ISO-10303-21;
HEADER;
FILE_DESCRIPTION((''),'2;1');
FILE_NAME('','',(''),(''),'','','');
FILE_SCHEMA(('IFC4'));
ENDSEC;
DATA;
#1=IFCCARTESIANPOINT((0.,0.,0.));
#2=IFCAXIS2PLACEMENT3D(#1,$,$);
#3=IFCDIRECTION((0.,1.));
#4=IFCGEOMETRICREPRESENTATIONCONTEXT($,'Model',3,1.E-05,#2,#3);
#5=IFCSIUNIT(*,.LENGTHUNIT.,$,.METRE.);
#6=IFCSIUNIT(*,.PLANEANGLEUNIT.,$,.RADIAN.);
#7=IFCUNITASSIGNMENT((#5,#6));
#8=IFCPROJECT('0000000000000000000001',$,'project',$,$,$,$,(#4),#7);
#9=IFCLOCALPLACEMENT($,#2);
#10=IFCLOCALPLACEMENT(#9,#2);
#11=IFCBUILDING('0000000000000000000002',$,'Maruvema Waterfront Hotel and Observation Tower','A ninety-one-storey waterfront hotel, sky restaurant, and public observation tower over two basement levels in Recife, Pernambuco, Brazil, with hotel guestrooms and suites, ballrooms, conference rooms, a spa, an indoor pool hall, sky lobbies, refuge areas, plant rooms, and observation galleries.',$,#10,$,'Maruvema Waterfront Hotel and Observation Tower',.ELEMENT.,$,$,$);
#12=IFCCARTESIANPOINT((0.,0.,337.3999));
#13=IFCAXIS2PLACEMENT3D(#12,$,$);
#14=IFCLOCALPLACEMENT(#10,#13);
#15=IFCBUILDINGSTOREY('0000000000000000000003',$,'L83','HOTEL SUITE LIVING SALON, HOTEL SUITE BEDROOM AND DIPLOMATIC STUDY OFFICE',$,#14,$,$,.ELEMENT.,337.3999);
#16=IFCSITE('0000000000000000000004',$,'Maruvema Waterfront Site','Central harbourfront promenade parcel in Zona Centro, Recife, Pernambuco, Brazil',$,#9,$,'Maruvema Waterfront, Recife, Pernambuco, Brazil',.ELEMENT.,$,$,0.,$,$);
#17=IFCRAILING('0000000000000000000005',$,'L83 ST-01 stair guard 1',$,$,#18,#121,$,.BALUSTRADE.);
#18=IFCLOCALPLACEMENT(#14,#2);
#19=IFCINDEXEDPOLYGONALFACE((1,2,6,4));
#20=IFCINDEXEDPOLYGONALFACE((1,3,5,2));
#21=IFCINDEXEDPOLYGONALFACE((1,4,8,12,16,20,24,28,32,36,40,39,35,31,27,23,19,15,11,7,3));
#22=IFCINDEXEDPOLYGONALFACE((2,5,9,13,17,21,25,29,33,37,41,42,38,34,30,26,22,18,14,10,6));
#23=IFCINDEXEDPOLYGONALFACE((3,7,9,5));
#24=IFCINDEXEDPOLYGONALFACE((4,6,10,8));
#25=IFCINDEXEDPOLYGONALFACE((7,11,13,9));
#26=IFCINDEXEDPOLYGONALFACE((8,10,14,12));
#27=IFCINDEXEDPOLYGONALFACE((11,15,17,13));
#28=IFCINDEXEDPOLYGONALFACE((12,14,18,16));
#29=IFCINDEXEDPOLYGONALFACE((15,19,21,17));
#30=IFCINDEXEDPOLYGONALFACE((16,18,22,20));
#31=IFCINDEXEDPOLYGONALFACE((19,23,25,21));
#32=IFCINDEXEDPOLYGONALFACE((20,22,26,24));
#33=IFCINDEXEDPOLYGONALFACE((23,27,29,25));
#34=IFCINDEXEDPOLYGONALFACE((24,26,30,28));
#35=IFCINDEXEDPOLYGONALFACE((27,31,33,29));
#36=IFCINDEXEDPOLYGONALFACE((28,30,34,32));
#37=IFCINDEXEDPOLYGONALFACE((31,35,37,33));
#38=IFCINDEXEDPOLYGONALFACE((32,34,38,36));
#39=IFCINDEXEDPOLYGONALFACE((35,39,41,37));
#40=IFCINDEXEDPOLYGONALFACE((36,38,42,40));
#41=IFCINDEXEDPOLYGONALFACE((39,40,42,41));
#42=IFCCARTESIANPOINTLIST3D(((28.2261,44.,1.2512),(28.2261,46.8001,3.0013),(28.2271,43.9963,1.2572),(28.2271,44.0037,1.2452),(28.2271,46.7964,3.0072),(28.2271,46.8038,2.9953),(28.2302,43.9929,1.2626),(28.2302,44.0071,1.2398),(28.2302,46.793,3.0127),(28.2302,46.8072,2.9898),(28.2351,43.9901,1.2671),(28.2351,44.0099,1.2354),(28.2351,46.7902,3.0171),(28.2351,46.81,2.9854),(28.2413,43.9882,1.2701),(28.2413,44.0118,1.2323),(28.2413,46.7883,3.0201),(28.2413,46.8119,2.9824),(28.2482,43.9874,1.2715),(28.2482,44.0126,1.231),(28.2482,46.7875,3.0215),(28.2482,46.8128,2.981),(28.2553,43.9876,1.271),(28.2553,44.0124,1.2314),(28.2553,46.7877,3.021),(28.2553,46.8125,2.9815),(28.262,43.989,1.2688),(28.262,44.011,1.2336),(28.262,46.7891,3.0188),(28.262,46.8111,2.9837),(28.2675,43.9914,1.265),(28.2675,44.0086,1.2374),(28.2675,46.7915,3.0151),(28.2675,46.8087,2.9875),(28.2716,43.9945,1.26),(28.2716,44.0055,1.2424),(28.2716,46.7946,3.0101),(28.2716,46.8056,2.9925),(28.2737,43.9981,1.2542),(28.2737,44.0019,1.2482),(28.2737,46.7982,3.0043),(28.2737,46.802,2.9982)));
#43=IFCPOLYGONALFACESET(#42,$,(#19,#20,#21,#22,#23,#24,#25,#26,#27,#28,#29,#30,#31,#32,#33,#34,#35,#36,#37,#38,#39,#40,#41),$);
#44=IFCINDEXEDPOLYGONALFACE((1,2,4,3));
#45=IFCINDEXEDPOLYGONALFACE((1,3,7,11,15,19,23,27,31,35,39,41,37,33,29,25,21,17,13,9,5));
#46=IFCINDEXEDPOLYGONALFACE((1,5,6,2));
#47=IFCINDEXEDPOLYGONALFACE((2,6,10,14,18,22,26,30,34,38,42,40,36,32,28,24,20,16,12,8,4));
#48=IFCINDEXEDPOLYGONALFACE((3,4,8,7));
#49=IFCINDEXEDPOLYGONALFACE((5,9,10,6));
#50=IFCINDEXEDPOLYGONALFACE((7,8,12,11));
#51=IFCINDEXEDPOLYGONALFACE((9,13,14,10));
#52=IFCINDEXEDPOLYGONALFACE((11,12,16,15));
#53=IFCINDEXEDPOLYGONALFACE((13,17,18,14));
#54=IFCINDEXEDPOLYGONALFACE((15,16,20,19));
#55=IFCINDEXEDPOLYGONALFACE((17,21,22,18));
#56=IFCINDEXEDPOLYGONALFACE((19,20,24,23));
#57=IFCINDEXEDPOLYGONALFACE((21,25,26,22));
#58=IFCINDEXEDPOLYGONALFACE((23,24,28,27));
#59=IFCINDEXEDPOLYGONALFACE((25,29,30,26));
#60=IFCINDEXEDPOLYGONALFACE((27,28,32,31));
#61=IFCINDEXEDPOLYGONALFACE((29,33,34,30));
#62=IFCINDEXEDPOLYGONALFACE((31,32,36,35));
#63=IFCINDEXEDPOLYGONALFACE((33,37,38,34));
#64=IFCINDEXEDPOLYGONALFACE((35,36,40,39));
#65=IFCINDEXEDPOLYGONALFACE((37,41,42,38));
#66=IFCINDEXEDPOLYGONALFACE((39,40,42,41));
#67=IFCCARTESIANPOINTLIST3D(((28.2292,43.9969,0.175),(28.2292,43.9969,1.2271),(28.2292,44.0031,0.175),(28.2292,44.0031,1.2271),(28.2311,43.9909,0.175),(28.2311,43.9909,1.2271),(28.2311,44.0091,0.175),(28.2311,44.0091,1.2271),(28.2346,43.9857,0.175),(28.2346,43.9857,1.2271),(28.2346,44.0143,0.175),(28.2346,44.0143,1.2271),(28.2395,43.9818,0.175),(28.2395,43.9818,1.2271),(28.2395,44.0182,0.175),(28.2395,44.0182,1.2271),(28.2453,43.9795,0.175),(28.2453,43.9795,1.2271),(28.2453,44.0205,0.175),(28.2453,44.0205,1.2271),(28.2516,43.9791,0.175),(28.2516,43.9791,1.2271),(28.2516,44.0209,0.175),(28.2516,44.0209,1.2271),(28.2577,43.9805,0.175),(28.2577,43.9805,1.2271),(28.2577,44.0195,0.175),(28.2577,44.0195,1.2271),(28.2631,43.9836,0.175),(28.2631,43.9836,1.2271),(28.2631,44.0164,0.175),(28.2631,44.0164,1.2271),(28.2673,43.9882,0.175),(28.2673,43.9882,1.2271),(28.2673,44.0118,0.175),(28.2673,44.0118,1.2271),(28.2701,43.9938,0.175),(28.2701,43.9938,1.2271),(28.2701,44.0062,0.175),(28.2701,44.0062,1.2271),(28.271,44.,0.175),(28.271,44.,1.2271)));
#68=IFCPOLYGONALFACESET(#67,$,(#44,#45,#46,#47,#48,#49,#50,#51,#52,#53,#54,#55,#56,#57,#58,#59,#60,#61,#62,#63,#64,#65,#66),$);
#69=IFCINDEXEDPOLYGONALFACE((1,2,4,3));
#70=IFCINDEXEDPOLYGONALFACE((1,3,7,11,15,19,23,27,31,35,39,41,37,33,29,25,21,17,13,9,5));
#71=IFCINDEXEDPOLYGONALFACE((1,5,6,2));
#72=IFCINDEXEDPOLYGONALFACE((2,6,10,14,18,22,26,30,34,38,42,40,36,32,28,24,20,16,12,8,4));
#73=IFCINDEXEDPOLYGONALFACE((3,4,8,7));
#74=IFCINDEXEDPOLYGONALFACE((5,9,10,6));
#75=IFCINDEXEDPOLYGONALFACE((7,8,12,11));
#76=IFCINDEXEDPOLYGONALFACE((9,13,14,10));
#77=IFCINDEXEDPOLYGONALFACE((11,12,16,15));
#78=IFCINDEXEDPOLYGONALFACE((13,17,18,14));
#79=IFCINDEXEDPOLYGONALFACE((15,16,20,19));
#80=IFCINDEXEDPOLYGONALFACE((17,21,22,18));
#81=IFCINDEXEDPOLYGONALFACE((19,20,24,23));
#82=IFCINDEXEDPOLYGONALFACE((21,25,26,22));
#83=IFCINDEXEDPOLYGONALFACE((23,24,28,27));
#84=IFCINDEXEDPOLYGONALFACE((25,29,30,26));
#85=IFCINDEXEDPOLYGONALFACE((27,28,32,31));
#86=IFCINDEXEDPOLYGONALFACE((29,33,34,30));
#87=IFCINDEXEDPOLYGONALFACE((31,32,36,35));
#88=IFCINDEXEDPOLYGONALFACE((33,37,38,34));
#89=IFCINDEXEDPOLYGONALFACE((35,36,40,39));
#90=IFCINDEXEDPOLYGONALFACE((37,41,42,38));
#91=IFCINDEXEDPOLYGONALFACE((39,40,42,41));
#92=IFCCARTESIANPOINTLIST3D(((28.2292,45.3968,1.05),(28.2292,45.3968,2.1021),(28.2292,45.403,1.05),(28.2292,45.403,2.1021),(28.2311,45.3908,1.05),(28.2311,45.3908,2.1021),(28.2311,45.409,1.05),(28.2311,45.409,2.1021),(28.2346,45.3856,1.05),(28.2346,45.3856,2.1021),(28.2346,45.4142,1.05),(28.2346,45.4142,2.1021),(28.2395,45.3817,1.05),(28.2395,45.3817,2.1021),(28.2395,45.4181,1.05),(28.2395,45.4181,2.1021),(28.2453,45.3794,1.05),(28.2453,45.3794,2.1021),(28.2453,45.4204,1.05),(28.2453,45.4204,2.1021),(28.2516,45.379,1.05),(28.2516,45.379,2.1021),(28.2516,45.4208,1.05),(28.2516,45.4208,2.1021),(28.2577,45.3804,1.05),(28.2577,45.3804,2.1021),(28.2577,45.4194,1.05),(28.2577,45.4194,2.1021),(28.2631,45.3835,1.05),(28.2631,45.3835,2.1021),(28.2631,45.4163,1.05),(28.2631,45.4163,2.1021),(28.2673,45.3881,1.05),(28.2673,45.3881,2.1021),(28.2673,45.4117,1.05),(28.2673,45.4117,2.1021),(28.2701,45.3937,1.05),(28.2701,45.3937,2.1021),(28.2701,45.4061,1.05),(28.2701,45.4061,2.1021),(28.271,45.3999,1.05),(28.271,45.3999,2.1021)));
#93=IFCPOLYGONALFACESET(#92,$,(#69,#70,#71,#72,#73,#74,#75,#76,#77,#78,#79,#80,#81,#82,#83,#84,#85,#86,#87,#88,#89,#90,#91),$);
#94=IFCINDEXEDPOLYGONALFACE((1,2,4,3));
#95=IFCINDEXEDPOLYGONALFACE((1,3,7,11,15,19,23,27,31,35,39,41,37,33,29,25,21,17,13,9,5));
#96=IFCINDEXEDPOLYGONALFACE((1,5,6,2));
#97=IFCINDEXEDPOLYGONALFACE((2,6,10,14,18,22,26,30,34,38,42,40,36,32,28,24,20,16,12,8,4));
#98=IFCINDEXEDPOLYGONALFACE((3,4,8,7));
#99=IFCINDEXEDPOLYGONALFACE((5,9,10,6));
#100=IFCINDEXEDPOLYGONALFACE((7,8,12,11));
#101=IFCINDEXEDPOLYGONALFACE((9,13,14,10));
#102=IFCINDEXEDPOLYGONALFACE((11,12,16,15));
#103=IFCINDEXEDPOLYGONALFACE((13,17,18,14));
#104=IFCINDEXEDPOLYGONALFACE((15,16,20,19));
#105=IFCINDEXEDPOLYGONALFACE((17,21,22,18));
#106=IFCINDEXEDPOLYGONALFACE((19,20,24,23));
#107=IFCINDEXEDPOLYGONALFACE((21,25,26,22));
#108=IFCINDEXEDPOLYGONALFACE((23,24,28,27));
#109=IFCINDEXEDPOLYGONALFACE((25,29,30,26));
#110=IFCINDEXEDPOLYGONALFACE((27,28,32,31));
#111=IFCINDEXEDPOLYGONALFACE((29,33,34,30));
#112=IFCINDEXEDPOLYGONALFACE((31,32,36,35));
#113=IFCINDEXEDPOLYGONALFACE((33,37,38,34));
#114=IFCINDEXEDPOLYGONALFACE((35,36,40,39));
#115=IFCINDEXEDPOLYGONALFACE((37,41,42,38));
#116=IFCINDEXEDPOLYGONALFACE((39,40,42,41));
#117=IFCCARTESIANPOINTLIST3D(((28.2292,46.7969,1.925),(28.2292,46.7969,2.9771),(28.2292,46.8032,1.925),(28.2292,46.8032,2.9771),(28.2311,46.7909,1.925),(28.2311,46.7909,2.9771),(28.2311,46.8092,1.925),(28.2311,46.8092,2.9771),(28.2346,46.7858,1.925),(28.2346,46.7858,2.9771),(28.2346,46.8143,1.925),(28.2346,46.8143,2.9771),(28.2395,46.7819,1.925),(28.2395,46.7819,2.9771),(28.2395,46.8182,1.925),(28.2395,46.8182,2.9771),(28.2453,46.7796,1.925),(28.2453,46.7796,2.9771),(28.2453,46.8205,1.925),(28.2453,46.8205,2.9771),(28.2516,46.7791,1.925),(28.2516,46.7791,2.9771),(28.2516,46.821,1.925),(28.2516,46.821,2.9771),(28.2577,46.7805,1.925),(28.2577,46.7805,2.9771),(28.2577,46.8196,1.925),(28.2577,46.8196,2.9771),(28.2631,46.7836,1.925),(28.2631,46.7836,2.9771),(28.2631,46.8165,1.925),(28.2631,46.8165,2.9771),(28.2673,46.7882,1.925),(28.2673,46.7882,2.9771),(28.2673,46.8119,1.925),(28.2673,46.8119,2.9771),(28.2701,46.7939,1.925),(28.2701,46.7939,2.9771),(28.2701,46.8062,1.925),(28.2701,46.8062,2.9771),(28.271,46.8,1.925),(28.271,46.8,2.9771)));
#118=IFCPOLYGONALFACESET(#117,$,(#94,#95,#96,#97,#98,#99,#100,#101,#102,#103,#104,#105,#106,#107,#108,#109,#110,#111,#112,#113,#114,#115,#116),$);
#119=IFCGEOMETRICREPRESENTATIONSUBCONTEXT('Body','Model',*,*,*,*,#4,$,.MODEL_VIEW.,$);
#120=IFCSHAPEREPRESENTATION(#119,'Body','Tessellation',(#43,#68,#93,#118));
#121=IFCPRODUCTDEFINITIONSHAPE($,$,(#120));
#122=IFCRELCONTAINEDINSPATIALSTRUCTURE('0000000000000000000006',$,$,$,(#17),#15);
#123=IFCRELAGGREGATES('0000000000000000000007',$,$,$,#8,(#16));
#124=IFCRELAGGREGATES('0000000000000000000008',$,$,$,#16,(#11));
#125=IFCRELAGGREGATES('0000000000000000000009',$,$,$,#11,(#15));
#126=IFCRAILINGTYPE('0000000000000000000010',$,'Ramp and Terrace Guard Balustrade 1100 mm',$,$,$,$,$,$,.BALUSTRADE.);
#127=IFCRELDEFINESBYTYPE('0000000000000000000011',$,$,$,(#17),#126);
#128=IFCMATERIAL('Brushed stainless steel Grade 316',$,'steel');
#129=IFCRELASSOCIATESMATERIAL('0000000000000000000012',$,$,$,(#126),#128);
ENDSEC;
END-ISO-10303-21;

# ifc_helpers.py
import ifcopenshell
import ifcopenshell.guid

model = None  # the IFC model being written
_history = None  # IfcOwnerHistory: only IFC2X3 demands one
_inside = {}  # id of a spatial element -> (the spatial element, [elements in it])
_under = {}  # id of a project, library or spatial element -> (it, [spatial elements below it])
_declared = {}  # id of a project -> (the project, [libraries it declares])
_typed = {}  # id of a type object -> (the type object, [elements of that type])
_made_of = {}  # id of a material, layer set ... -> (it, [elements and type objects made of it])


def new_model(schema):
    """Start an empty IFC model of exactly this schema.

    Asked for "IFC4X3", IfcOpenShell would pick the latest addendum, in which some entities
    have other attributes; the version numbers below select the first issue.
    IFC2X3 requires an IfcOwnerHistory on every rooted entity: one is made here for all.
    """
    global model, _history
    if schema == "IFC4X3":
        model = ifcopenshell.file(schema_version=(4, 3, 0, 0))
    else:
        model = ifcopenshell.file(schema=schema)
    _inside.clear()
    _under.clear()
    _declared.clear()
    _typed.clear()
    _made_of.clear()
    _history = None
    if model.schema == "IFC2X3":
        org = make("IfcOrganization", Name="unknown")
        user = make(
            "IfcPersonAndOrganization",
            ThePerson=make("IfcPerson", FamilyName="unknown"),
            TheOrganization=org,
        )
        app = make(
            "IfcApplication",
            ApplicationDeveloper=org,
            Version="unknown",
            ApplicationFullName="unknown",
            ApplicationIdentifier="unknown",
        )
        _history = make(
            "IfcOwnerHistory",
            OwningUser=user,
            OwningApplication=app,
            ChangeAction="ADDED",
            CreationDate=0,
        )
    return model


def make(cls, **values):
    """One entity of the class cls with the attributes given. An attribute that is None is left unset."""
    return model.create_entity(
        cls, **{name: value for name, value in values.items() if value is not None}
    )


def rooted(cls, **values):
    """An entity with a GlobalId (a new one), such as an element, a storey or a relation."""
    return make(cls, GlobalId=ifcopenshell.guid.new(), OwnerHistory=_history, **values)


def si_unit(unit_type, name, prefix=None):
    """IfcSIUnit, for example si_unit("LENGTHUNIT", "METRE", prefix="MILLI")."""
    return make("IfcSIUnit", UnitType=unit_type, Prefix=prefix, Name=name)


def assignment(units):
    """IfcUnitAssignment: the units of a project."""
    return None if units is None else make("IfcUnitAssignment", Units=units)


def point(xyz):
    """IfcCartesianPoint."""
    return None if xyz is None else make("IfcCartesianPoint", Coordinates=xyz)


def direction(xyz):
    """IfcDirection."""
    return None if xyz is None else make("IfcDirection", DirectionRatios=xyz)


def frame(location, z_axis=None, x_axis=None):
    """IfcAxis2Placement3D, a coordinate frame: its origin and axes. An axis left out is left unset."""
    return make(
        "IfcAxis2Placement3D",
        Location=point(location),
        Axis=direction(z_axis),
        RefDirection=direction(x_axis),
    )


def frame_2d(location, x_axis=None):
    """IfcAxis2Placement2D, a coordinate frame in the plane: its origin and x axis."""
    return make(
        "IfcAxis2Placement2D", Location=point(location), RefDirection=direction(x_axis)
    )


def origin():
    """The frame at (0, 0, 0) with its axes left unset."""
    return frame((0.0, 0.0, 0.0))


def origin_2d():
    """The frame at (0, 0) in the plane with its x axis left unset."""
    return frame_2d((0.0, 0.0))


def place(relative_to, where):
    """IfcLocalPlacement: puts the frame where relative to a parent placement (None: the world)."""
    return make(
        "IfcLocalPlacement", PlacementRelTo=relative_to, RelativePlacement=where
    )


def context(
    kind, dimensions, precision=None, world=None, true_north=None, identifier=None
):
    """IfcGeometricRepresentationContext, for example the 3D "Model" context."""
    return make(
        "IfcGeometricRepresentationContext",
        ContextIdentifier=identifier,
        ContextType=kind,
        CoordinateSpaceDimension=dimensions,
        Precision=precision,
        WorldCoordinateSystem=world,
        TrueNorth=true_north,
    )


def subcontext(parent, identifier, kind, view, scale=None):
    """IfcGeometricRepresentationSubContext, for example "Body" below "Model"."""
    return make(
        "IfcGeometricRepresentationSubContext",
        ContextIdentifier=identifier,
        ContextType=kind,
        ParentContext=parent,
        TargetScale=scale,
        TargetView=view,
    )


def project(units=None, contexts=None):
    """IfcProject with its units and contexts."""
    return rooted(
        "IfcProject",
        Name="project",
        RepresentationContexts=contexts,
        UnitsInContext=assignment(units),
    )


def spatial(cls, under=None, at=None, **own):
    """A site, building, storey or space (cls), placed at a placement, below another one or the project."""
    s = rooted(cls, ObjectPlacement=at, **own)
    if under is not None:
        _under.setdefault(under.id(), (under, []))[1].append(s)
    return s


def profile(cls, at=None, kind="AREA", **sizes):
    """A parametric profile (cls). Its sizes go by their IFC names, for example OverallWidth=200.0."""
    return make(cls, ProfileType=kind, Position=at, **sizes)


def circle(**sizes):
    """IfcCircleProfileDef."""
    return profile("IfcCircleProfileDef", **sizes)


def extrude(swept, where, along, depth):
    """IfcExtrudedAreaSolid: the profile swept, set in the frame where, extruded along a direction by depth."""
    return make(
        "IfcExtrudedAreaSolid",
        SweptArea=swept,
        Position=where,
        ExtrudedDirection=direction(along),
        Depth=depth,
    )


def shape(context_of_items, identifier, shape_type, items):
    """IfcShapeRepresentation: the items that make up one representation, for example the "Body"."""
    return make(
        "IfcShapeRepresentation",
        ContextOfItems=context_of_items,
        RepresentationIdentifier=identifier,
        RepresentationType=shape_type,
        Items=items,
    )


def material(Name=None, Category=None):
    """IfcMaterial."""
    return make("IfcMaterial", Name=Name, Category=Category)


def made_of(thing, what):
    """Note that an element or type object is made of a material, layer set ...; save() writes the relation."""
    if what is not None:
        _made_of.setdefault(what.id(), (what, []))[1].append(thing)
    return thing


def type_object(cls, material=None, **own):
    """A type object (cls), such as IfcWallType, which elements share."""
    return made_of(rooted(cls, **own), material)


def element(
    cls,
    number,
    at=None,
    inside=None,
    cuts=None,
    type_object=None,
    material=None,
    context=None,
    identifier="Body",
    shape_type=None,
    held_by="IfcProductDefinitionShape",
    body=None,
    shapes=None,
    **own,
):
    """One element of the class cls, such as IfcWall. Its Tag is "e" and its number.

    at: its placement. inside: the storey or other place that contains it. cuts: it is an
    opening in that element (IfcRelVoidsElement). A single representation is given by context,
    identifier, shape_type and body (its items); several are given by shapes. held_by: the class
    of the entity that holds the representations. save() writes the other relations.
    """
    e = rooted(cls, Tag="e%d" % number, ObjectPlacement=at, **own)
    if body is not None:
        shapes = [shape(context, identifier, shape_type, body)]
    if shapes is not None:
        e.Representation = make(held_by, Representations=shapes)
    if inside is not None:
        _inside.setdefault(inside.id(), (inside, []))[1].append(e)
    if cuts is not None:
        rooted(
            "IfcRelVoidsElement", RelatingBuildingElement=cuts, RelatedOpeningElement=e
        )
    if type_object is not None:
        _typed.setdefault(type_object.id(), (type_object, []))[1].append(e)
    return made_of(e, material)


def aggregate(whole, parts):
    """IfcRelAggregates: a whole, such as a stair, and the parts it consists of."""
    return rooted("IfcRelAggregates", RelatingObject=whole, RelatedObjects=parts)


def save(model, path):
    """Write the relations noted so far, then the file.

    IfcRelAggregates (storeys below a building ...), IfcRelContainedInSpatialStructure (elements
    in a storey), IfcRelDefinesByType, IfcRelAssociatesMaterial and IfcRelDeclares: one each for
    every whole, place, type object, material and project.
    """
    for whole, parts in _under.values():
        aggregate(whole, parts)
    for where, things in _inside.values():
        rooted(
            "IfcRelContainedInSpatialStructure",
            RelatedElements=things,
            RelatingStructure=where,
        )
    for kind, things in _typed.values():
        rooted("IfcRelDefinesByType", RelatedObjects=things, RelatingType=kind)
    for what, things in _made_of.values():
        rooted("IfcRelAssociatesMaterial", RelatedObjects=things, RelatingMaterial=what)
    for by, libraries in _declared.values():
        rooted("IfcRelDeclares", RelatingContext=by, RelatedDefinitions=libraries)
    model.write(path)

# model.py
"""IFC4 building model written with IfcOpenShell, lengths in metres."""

from ifc_helpers import new_model, si_unit, direction, frame, origin, origin_2d, place, context, subcontext, project, spatial, circle, extrude, material, type_object, element, save


model = new_model("IFC4")

# Units and contexts
model_context = context("Model", 3, precision=1e-05, world=origin(), true_north=direction((0.0, 1.0)))
body_context = subcontext(model_context, "Body", "Model", "MODEL_VIEW")
ifc_project = project(units=[si_unit("LENGTHUNIT", "METRE"), si_unit("PLANEANGLEUNIT", "RADIAN")], contexts=[model_context])

# Site, building, storey
site_placement = place(None, origin())
site = spatial("IfcSite", under=ifc_project, at=site_placement, Name="Maruvema Waterfront Site", Description="Central harbourfront promenade parcel in Zona Centro, Recife, Pernambuco, Brazil", LongName="Maruvema Waterfront, Recife, Pernambuco, Brazil", CompositionType="ELEMENT", RefElevation=0.0)
building_placement = place(site_placement, origin())
building = spatial("IfcBuilding", under=site, at=building_placement, Name="Maruvema Waterfront Hotel and Observation Tower", Description="A ninety-one-storey waterfront hotel, sky restaurant, and public observation tower over two basement levels in Recife, Pernambuco, Brazil, with hotel guestrooms and suites, ballrooms, conference rooms, a spa, an indoor pool hall, sky lobbies, refuge areas, plant rooms, and observation galleries.", LongName="Maruvema Waterfront Hotel and Observation Tower", CompositionType="ELEMENT")
storey_placement = place(building_placement, frame((0.0, 0.0, 337.3999)))
storey = spatial("IfcBuildingStorey", under=building, at=storey_placement, Name="L83", Description="HOTEL SUITE LIVING SALON, HOTEL SUITE BEDROOM AND DIPLOMATIC STUDY OFFICE", CompositionType="ELEMENT", Elevation=337.3999)

# Railing
ifc_material_1 = material(Name="Brushed stainless steel Grade 316", Category="steel")
railing_type_1 = type_object("IfcRailingType", Name="Ramp and Terrace Guard Balustrade 1100 mm", PredefinedType="BALUSTRADE", material=ifc_material_1)
railing_1_placement = place(storey_placement, frame((28.25, 44.0, 0.175)))
element("IfcRailing", 1, at=railing_1_placement, inside=storey, type_object=railing_type_1, Name="L83 ST-01 stair guard 1", PredefinedType="BALUSTRADE", context=body_context, shape_type="SweptSolid", body=[
    extrude(circle(Radius=0.0239, at=origin_2d()), frame((0.0, 0.0, 1.0762), z_axis=(0.0, 0.848002, 0.529992), x_axis=(-1.0, 0.0, 0.0)), (0.0, 0.0, 1.0), 3.302),
    extrude(circle(Radius=0.021, at=origin_2d()), origin(), (0.0, 0.0, 1.0), 1.052),
    extrude(circle(Radius=0.021, at=origin_2d()), frame((0.0, 1.3999, 0.875)), (0.0, 0.0, 1.0), 1.052),
    extrude(circle(Radius=0.021, at=origin_2d()), frame((0.0, 2.8, 1.75)), (0.0, 0.0, 1.0), 1.052),
])

save(model, "model.ifc")
